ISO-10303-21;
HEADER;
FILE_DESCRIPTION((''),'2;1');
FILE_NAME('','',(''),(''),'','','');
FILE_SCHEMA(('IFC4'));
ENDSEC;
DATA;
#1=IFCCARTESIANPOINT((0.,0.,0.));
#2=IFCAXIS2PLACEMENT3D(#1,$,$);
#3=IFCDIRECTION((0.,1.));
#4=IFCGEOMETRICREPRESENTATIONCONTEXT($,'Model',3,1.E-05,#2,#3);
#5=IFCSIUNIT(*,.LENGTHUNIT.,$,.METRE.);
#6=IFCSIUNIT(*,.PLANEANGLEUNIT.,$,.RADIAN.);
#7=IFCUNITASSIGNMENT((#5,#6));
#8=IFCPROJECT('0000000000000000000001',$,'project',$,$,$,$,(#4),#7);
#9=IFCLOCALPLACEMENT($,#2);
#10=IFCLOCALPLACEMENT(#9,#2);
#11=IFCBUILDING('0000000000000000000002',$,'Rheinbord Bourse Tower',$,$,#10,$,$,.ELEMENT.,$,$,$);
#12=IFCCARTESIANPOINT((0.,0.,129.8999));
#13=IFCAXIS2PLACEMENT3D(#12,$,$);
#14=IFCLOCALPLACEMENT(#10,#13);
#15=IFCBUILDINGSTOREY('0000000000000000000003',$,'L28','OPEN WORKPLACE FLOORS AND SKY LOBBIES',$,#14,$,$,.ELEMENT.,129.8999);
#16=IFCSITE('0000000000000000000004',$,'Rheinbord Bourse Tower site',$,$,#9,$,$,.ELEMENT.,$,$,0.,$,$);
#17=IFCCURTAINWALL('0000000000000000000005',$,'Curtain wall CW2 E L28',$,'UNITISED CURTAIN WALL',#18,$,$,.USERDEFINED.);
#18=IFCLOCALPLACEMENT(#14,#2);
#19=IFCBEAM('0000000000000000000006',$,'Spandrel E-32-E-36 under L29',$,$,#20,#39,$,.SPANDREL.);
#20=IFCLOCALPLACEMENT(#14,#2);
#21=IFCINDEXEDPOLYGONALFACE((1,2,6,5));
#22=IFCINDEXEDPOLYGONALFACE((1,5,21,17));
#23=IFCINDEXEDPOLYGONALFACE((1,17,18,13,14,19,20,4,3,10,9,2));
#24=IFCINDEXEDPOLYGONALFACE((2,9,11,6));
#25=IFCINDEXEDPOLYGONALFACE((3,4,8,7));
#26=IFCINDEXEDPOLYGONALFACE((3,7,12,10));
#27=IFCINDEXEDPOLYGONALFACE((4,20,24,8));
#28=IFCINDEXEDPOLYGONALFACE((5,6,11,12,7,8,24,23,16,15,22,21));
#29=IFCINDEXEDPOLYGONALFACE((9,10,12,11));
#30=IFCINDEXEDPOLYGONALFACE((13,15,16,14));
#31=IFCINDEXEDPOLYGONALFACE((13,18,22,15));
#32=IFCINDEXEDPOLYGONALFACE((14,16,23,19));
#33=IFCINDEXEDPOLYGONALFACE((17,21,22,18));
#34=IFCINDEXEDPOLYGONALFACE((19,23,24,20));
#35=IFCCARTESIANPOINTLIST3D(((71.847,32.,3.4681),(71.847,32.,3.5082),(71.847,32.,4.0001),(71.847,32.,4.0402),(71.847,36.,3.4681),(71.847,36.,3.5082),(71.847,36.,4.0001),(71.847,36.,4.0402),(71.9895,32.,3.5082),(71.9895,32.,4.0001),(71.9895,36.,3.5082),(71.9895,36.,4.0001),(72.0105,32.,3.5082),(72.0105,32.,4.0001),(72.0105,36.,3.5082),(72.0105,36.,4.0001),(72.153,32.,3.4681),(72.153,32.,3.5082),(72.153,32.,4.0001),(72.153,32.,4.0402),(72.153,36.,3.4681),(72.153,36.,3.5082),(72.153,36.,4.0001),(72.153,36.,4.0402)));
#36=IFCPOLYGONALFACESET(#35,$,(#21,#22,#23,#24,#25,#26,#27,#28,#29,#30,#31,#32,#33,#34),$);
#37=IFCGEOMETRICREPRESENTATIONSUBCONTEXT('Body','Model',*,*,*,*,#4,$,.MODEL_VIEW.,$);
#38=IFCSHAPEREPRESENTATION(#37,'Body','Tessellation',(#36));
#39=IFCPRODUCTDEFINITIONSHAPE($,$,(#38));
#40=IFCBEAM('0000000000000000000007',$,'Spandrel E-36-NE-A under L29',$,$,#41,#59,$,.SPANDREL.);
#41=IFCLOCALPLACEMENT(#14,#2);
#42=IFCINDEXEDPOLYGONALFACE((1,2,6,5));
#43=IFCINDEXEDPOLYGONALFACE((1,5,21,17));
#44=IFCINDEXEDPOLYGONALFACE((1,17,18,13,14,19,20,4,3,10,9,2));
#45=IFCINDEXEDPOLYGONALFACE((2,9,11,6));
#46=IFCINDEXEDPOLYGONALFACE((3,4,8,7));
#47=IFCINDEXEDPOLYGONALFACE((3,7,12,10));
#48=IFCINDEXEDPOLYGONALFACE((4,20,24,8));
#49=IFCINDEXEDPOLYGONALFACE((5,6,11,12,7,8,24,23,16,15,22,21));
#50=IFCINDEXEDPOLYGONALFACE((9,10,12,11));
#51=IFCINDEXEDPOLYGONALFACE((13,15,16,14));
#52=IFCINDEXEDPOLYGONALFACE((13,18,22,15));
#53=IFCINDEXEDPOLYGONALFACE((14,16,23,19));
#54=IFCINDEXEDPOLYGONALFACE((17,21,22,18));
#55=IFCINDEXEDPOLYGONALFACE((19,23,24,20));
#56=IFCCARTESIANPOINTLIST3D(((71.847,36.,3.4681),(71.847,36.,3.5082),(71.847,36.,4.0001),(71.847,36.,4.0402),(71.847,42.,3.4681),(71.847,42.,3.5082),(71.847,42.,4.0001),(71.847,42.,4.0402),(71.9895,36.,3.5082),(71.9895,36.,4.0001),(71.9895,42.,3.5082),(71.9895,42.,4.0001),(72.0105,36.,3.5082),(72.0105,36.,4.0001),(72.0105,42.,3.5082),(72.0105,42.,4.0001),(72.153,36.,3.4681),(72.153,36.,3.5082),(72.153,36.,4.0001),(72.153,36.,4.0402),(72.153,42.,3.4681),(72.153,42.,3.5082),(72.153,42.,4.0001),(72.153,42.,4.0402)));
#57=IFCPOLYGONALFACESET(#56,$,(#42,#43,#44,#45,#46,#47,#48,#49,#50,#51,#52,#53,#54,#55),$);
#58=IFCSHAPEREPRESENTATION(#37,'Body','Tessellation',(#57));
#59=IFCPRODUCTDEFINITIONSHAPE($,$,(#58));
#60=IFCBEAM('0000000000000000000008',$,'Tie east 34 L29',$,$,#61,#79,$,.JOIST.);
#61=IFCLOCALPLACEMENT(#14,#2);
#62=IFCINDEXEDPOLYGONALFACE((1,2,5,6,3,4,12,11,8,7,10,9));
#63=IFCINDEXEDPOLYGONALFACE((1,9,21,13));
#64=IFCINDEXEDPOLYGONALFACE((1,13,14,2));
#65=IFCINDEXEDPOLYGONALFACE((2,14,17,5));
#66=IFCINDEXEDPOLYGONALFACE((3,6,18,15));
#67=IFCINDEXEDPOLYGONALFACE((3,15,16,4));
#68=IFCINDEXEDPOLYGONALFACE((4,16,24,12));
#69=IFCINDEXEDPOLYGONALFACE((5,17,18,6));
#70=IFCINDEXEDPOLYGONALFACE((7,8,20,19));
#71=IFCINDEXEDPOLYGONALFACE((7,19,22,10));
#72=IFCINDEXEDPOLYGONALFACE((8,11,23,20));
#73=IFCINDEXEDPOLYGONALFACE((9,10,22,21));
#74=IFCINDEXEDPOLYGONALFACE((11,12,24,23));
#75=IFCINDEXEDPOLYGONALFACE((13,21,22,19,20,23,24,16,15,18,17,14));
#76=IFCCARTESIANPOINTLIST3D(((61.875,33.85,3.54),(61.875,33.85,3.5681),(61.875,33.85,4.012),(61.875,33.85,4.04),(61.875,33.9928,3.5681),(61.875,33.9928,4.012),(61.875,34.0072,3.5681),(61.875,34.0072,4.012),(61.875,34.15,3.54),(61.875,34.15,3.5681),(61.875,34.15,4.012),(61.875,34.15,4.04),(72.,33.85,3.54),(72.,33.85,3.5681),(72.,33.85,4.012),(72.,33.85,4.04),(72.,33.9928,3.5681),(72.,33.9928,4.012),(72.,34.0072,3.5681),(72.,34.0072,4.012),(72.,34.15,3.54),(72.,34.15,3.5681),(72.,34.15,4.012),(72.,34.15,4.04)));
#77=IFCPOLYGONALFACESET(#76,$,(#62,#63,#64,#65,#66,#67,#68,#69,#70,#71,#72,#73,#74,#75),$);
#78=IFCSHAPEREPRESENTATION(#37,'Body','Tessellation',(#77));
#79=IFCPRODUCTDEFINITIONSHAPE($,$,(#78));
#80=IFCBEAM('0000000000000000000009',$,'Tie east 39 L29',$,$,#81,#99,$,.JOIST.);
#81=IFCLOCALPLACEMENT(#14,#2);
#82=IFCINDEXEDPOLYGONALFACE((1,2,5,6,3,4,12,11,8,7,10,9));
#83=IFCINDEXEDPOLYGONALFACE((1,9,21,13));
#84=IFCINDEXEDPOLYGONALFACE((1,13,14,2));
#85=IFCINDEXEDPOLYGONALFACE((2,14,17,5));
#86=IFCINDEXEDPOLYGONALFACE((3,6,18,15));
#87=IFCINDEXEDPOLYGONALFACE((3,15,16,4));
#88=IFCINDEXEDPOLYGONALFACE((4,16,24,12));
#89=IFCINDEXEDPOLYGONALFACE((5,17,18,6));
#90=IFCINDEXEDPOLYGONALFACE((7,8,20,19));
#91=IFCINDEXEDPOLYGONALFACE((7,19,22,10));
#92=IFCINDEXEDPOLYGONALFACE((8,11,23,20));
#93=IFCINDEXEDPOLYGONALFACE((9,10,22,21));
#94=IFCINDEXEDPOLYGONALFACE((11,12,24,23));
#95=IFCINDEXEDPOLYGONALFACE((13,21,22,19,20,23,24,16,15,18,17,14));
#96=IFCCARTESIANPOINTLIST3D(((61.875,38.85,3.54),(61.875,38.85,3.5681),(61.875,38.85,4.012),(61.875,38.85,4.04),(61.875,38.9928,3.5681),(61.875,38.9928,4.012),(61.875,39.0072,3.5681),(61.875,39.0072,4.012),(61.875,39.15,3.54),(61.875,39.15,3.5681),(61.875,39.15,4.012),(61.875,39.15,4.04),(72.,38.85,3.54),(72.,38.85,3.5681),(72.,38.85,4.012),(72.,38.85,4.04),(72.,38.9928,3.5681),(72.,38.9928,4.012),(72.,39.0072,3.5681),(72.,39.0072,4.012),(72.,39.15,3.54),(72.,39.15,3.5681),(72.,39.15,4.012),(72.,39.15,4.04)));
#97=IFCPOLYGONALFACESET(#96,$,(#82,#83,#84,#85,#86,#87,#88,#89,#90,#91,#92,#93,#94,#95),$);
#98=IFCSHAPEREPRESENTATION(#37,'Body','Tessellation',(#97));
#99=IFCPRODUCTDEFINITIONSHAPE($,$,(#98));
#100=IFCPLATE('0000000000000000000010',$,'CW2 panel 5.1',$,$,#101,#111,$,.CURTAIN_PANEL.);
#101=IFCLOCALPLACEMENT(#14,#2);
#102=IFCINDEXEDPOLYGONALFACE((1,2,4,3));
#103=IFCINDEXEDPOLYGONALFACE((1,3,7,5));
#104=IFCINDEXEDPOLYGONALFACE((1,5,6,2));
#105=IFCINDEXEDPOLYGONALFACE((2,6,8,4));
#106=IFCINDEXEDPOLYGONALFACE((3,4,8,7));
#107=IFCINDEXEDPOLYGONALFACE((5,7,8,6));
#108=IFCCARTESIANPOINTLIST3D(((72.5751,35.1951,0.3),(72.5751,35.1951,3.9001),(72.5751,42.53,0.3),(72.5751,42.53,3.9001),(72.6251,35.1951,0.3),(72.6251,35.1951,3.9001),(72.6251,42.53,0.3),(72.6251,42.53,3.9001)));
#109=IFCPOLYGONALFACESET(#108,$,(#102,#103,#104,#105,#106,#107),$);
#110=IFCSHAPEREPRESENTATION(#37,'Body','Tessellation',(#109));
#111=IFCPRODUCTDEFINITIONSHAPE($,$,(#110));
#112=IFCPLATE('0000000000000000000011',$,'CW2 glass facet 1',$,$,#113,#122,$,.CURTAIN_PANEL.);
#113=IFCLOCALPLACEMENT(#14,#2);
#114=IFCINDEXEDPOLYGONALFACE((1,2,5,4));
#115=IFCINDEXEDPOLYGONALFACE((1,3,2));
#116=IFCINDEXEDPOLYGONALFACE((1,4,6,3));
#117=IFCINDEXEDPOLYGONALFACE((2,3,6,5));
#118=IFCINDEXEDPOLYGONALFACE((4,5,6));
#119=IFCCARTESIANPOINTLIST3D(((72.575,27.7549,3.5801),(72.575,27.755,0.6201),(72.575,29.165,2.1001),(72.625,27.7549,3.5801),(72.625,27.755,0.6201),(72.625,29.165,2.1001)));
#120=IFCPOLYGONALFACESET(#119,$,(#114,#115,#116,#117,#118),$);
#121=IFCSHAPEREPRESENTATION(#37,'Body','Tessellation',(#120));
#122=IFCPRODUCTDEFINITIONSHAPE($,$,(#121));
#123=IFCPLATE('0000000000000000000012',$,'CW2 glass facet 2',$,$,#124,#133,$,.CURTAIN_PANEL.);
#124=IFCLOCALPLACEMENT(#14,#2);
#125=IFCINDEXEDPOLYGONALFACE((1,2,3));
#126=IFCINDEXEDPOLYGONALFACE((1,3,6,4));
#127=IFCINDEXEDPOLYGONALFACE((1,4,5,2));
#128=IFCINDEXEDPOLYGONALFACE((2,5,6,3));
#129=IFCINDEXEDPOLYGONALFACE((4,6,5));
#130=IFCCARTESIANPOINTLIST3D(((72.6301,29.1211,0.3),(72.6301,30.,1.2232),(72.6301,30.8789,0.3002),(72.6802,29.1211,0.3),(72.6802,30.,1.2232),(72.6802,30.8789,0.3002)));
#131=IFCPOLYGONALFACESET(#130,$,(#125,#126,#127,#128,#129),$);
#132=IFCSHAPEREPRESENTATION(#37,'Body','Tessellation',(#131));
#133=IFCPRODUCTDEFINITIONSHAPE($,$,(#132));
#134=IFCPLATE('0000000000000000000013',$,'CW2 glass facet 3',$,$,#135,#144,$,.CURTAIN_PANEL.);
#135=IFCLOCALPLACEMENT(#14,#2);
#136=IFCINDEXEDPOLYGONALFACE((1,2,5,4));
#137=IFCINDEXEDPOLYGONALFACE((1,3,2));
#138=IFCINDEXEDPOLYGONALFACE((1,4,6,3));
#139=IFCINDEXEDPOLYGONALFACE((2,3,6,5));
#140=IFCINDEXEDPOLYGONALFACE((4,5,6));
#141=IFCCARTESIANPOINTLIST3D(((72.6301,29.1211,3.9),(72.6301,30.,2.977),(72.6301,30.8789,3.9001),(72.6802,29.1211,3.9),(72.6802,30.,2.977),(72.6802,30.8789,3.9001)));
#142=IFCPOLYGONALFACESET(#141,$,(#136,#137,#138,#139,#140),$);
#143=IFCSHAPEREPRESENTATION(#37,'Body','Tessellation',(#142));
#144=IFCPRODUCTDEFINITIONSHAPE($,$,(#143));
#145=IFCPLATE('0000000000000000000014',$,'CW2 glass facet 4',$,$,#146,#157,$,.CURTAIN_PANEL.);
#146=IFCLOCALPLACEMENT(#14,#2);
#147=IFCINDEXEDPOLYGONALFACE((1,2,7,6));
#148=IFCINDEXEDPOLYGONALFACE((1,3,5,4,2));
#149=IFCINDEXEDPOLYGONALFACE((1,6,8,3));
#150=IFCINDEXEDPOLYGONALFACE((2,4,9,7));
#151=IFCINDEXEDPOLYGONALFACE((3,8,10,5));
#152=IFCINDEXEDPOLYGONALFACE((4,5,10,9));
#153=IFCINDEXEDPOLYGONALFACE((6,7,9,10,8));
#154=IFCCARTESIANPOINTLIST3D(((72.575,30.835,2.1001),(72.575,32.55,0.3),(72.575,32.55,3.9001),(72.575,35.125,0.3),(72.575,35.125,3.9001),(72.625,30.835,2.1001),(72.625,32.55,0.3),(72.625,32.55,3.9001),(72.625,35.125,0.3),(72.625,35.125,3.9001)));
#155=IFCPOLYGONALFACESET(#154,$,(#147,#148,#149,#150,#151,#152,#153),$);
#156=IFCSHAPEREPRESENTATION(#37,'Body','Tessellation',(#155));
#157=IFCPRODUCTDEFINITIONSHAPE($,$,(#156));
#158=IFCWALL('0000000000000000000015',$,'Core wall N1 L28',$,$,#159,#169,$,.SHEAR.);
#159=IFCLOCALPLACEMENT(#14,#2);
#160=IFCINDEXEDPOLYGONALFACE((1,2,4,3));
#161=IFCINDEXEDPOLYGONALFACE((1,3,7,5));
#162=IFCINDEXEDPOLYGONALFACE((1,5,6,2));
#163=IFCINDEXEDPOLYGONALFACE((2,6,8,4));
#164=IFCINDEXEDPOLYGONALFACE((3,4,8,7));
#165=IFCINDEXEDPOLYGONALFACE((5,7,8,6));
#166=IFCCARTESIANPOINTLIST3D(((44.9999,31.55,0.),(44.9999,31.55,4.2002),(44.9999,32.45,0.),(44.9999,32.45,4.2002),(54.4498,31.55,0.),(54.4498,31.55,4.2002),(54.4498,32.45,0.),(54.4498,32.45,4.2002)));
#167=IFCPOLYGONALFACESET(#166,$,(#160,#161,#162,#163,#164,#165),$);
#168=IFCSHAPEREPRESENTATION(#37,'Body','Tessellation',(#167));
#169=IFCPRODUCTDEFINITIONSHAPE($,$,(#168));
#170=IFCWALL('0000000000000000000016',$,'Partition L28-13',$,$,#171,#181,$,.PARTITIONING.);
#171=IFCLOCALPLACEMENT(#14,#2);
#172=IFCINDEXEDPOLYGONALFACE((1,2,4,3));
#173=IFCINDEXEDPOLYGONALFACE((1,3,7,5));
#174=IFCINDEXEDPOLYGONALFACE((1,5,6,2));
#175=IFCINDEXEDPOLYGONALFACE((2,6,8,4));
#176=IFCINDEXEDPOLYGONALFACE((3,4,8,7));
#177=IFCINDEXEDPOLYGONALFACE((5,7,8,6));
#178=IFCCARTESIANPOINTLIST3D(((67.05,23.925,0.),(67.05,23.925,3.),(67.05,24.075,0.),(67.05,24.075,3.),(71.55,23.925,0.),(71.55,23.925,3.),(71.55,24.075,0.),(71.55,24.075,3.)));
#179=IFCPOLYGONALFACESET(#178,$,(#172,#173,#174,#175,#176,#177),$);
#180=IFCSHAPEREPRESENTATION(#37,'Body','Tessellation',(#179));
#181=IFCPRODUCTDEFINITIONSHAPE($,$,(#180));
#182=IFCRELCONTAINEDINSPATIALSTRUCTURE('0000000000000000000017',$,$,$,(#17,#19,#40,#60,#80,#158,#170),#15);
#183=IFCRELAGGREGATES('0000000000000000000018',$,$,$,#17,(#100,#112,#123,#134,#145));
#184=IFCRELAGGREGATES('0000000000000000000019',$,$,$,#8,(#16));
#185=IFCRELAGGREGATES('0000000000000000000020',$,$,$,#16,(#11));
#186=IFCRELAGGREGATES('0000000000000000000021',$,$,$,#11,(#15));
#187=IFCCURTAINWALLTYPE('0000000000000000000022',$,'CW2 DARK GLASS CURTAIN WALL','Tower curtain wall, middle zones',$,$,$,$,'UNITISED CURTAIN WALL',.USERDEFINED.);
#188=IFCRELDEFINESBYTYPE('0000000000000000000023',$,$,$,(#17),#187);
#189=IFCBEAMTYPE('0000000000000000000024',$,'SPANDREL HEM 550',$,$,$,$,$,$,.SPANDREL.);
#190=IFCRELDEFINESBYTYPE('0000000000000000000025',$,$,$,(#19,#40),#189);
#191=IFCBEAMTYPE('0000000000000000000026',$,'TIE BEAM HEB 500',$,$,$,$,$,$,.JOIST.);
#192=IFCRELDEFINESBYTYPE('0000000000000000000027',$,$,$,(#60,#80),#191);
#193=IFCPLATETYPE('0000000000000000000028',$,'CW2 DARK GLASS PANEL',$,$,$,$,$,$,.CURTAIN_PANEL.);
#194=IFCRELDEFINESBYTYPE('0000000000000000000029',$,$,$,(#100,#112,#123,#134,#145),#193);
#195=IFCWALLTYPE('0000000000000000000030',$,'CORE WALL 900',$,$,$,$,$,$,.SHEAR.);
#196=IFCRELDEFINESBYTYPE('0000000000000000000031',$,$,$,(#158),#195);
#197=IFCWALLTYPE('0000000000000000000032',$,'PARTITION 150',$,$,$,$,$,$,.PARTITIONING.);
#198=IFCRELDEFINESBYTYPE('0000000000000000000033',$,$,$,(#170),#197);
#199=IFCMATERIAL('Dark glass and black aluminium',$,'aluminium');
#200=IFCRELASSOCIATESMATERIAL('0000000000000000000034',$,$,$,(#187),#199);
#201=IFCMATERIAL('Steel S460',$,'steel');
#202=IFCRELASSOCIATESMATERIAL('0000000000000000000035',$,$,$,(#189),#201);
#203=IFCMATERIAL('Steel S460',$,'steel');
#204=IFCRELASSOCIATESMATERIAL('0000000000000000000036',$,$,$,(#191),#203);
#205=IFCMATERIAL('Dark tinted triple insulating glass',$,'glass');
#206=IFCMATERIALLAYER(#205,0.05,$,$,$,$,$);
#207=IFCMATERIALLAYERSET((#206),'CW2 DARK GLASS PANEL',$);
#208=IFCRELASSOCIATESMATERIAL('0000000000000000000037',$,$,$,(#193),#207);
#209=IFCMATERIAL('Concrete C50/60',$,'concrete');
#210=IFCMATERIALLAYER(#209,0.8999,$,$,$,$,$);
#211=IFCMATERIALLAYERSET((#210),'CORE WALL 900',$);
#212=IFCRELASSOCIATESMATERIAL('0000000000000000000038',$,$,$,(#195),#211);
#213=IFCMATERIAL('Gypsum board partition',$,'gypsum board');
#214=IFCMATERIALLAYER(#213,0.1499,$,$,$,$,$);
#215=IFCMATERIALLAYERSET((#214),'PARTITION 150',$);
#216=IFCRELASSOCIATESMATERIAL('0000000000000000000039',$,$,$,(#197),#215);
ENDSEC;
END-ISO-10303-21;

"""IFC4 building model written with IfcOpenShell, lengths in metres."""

from ifc_helpers import new_model, si_unit, direction, frame, frame_2d, origin, origin_2d, place, context, subcontext, project, spatial, polyline, rectangle, i_section, outline, extrude, material, layer, layer_set, material_profile, profile_set, type_object, element, aggregate, save


model = new_model("IFC4")

# Units and contexts
model_context = context("Model", 3, precision=1e-05, world=origin(), true_north=direction((0.0, 1.0)))
body_context = subcontext(model_context, "Body", "Model", "MODEL_VIEW")
ifc_project = project(units=[si_unit("LENGTHUNIT", "METRE"), si_unit("PLANEANGLEUNIT", "RADIAN")], contexts=[model_context])

# Site, building, storey
site_placement = place(None, origin())
site = spatial("IfcSite", under=ifc_project, at=site_placement, Name="Rheinbord Bourse Tower site", CompositionType="ELEMENT", RefElevation=0.0)
building_placement = place(site_placement, origin())
building = spatial("IfcBuilding", under=site, at=building_placement, Name="Rheinbord Bourse Tower", CompositionType="ELEMENT")
storey_placement = place(building_placement, frame((0.0, 0.0, 129.8999)))
storey = spatial("IfcBuildingStorey", under=building, at=storey_placement, Name="L28", Description="OPEN WORKPLACE FLOORS AND SKY LOBBIES", CompositionType="ELEMENT", Elevation=129.8999)

# Curtain wall
ifc_material_1 = material(Name="Dark glass and black aluminium", Category="aluminium")
curtain_wall_type = type_object("IfcCurtainWallType", Name="CW2 DARK GLASS CURTAIN WALL", Description="Tower curtain wall, middle zones", ElementType="UNITISED CURTAIN WALL", PredefinedType="USERDEFINED", material=ifc_material_1)
curtain_wall_placement = place(storey_placement, origin())
curtain_wall = element("IfcCurtainWall", 1, at=curtain_wall_placement, inside=storey, type_object=curtain_wall_type, Name="Curtain wall CW2 E L28", ObjectType="UNITISED CURTAIN WALL", PredefinedType="USERDEFINED")

# Beams
ifc_material_2 = material(Name="Steel S460", Category="steel")
ifc_material_profile_1 = material_profile(ifc_material_2, i_section(OverallWidth=0.3059, OverallDepth=0.572, WebThickness=0.021, FlangeThickness=0.04, at=origin_2d()), Name="HEM 550")
ifc_profile_set_1 = profile_set([ifc_material_profile_1], Name="Steel S460")
beam_type_1 = type_object("IfcBeamType", Name="SPANDREL HEM 550", PredefinedType="SPANDREL", material=ifc_profile_set_1)
for number, where, z_axis, x_axis, name in (
    (2, (72.0, 32.0, 3.7542), (0.0, 1.0, 0.0), (-1.0, 0.0, 0.0), "Spandrel E-32-E-36 under L29"),
):
    element("IfcBeam", number, at=place(storey_placement, frame(where, z_axis=z_axis, x_axis=x_axis)), inside=storey, type_object=beam_type_1, Name=name, PredefinedType="SPANDREL", context=body_context, shape_type="SweptSolid", body=[
        extrude(i_section(OverallWidth=0.3059, OverallDepth=0.572, WebThickness=0.021, FlangeThickness=0.04, at=origin_2d()), origin(), (0.0, 0.0, 1.0), 4.0),
    ])
beam_1_placement = place(storey_placement, frame((72.0, 36.0, 3.7542), z_axis=(0.0, 1.0, 0.0), x_axis=(-1.0, 0.0, 0.0)))
element("IfcBeam", 3, at=beam_1_placement, inside=storey, type_object=beam_type_1, Name="Spandrel E-36-NE-A under L29", PredefinedType="SPANDREL", context=body_context, shape_type="SweptSolid", body=[
    extrude(i_section(OverallWidth=0.3059, OverallDepth=0.572, WebThickness=0.021, FlangeThickness=0.04, at=origin_2d()), origin(), (0.0, 0.0, 1.0), 6.0),
])
ifc_material_3 = material(Name="Steel S460", Category="steel")
ifc_material_profile_2 = material_profile(ifc_material_3, i_section(OverallWidth=0.3, OverallDepth=0.5, WebThickness=0.0144, FlangeThickness=0.0281, at=origin_2d()), Name="HEB 500")
ifc_profile_set_2 = profile_set([ifc_material_profile_2], Name="Steel S460")
beam_type_2 = type_object("IfcBeamType", Name="TIE BEAM HEB 500", PredefinedType="JOIST", material=ifc_profile_set_2)
for number, where, z_axis, x_axis, name in (
    (4, (61.875, 34.0, 3.79), (1.0, 0.0, 0.0), (0.0, 1.0, 0.0), "Tie east 34 L29"),
    (5, (61.875, 39.0, 3.79), (1.0, 0.0, 0.0), (0.0, 1.0, 0.0), "Tie east 39 L29"),
):
    element("IfcBeam", number, at=place(storey_placement, frame(where, z_axis=z_axis, x_axis=x_axis)), inside=storey, type_object=beam_type_2, Name=name, PredefinedType="JOIST", context=body_context, shape_type="SweptSolid", body=[
        extrude(i_section(OverallWidth=0.3, OverallDepth=0.5, WebThickness=0.0144, FlangeThickness=0.0281, at=origin_2d()), origin(), (0.0, 0.0, 1.0), 10.125),
    ])

# Plates
ifc_material_4 = material(Name="Dark tinted triple insulating glass", Category="glass")
ifc_layer_1 = layer(ifc_material_4, 0.05)
ifc_layer_set_1 = layer_set([ifc_layer_1], Name="CW2 DARK GLASS PANEL")
plate_type = type_object("IfcPlateType", Name="CW2 DARK GLASS PANEL", PredefinedType="CURTAIN_PANEL", material=ifc_layer_set_1)
plate_1_placement = place(storey_placement, frame((72.6001, 38.8625, 0.3), z_axis=(0.0, 0.0, 1.0), x_axis=(0.0, 1.0, 0.0)))
plate_1 = element("IfcPlate", 6, at=plate_1_placement, type_object=plate_type, Name="CW2 panel 5.1", PredefinedType="CURTAIN_PANEL", context=body_context, shape_type="SweptSolid", body=[
    extrude(rectangle(XDim=7.335, YDim=0.05, at=origin_2d()), origin(), (0.0, 0.0, 1.0), 3.6001),
])
plate_2_placement = place(storey_placement, frame((72.625, 27.7549, 3.5801), z_axis=(-1.0, 0.0, 0.0), x_axis=(0.0, 0.689822, -0.723979)))
plate_2 = element("IfcPlate", 7, at=plate_2_placement, type_object=plate_type, Name="CW2 glass facet 1", PredefinedType="CURTAIN_PANEL", context=body_context, shape_type="SweptSolid", body=[
    extrude(outline(polyline([(0.0, 0.0), (2.0442, 0.0), (2.1431, 2.0417), (0.0, 0.0)])), origin(), (0.0, 0.0, 1.0), 0.05),
])
plate_3_placement = place(storey_placement, frame((72.6802, 29.1211, 0.3), z_axis=(-1.0, 0.0, 0.0), x_axis=(0.0, 0.68956, 0.724229)))
plate_3 = element("IfcPlate", 8, at=plate_3_placement, type_object=plate_type, Name="CW2 glass facet 2", PredefinedType="CURTAIN_PANEL", context=body_context, shape_type="SweptSolid", body=[
    extrude(outline(polyline([(0.0, 0.0), (1.2747, 0.0), (1.2122, 1.2729), (0.0, 0.0)])), origin(), (0.0, 0.0, 1.0), 0.05),
])
plate_4_placement = place(storey_placement, frame((72.6802, 30.8789, 3.9001), z_axis=(-1.0, 0.0, 0.0), x_axis=(0.0, -0.68956, -0.724229)))
plate_4 = element("IfcPlate", 9, at=plate_4_placement, type_object=plate_type, Name="CW2 glass facet 3", PredefinedType="CURTAIN_PANEL", context=body_context, shape_type="SweptSolid", body=[
    extrude(outline(polyline([(0.0, 0.0), (1.2747, 0.0), (1.2122, 1.2729), (0.0, 0.0)])), origin(), (0.0, 0.0, 1.0), 0.05),
])
plate_5_placement = place(storey_placement, frame((72.625, 35.125, 3.9001), z_axis=(-1.0, 0.0, 0.0), x_axis=(0.0, 0.0, -1.0)))
plate_5 = element("IfcPlate", 10, at=plate_5_placement, type_object=plate_type, Name="CW2 glass facet 4", PredefinedType="CURTAIN_PANEL", context=body_context, shape_type="SweptSolid", body=[
    extrude(outline(polyline([(0.0, 0.0), (3.6001, 0.0), (3.6001, 2.575), (1.8, 4.29), (0.0, 2.575), (0.0, 0.0)])), origin(), (0.0, 0.0, 1.0), 0.05),
])
aggregate(curtain_wall, [plate_1, plate_2, plate_3, plate_4, plate_5])

# Walls
ifc_material_5 = material(Name="Concrete C50/60", Category="concrete")
ifc_layer_2 = layer(ifc_material_5, 0.8999)
ifc_layer_set_2 = layer_set([ifc_layer_2], Name="CORE WALL 900")
wall_type_1 = type_object("IfcWallType", Name="CORE WALL 900", PredefinedType="SHEAR", material=ifc_layer_set_2)
wall_1_placement = place(storey_placement, frame((54.45, 32.0, 0.0), z_axis=(0.0, 0.0, 1.0), x_axis=(-1.0, 0.0, 0.0)))
element("IfcWall", 11, at=wall_1_placement, inside=storey, type_object=wall_type_1, Name="Core wall N1 L28", PredefinedType="SHEAR", context=body_context, shape_type="SweptSolid", body=[
    extrude(rectangle(XDim=9.45, YDim=0.8999, at=frame_2d((4.7251, 0.0))), origin(), (0.0, 0.0, 1.0), 4.2002),
])
ifc_material_6 = material(Name="Gypsum board partition", Category="gypsum board")
ifc_layer_3 = layer(ifc_material_6, 0.1499)
ifc_layer_set_3 = layer_set([ifc_layer_3], Name="PARTITION 150")
wall_type_2 = type_object("IfcWallType", Name="PARTITION 150", PredefinedType="PARTITIONING", material=ifc_layer_set_3)
wall_2_placement = place(storey_placement, frame((67.05, 24.0, 0.0), z_axis=(0.0, 0.0, 1.0), x_axis=(1.0, 0.0, 0.0)))
element("IfcWall", 12, at=wall_2_placement, inside=storey, type_object=wall_type_2, Name="Partition L28-13", PredefinedType="PARTITIONING", context=body_context, shape_type="SweptSolid", body=[
    extrude(rectangle(XDim=4.5, YDim=0.1499, at=frame_2d((2.25, 0.0))), origin(), (0.0, 0.0, 1.0), 3.0),
])

save(model, "model.ifc")
